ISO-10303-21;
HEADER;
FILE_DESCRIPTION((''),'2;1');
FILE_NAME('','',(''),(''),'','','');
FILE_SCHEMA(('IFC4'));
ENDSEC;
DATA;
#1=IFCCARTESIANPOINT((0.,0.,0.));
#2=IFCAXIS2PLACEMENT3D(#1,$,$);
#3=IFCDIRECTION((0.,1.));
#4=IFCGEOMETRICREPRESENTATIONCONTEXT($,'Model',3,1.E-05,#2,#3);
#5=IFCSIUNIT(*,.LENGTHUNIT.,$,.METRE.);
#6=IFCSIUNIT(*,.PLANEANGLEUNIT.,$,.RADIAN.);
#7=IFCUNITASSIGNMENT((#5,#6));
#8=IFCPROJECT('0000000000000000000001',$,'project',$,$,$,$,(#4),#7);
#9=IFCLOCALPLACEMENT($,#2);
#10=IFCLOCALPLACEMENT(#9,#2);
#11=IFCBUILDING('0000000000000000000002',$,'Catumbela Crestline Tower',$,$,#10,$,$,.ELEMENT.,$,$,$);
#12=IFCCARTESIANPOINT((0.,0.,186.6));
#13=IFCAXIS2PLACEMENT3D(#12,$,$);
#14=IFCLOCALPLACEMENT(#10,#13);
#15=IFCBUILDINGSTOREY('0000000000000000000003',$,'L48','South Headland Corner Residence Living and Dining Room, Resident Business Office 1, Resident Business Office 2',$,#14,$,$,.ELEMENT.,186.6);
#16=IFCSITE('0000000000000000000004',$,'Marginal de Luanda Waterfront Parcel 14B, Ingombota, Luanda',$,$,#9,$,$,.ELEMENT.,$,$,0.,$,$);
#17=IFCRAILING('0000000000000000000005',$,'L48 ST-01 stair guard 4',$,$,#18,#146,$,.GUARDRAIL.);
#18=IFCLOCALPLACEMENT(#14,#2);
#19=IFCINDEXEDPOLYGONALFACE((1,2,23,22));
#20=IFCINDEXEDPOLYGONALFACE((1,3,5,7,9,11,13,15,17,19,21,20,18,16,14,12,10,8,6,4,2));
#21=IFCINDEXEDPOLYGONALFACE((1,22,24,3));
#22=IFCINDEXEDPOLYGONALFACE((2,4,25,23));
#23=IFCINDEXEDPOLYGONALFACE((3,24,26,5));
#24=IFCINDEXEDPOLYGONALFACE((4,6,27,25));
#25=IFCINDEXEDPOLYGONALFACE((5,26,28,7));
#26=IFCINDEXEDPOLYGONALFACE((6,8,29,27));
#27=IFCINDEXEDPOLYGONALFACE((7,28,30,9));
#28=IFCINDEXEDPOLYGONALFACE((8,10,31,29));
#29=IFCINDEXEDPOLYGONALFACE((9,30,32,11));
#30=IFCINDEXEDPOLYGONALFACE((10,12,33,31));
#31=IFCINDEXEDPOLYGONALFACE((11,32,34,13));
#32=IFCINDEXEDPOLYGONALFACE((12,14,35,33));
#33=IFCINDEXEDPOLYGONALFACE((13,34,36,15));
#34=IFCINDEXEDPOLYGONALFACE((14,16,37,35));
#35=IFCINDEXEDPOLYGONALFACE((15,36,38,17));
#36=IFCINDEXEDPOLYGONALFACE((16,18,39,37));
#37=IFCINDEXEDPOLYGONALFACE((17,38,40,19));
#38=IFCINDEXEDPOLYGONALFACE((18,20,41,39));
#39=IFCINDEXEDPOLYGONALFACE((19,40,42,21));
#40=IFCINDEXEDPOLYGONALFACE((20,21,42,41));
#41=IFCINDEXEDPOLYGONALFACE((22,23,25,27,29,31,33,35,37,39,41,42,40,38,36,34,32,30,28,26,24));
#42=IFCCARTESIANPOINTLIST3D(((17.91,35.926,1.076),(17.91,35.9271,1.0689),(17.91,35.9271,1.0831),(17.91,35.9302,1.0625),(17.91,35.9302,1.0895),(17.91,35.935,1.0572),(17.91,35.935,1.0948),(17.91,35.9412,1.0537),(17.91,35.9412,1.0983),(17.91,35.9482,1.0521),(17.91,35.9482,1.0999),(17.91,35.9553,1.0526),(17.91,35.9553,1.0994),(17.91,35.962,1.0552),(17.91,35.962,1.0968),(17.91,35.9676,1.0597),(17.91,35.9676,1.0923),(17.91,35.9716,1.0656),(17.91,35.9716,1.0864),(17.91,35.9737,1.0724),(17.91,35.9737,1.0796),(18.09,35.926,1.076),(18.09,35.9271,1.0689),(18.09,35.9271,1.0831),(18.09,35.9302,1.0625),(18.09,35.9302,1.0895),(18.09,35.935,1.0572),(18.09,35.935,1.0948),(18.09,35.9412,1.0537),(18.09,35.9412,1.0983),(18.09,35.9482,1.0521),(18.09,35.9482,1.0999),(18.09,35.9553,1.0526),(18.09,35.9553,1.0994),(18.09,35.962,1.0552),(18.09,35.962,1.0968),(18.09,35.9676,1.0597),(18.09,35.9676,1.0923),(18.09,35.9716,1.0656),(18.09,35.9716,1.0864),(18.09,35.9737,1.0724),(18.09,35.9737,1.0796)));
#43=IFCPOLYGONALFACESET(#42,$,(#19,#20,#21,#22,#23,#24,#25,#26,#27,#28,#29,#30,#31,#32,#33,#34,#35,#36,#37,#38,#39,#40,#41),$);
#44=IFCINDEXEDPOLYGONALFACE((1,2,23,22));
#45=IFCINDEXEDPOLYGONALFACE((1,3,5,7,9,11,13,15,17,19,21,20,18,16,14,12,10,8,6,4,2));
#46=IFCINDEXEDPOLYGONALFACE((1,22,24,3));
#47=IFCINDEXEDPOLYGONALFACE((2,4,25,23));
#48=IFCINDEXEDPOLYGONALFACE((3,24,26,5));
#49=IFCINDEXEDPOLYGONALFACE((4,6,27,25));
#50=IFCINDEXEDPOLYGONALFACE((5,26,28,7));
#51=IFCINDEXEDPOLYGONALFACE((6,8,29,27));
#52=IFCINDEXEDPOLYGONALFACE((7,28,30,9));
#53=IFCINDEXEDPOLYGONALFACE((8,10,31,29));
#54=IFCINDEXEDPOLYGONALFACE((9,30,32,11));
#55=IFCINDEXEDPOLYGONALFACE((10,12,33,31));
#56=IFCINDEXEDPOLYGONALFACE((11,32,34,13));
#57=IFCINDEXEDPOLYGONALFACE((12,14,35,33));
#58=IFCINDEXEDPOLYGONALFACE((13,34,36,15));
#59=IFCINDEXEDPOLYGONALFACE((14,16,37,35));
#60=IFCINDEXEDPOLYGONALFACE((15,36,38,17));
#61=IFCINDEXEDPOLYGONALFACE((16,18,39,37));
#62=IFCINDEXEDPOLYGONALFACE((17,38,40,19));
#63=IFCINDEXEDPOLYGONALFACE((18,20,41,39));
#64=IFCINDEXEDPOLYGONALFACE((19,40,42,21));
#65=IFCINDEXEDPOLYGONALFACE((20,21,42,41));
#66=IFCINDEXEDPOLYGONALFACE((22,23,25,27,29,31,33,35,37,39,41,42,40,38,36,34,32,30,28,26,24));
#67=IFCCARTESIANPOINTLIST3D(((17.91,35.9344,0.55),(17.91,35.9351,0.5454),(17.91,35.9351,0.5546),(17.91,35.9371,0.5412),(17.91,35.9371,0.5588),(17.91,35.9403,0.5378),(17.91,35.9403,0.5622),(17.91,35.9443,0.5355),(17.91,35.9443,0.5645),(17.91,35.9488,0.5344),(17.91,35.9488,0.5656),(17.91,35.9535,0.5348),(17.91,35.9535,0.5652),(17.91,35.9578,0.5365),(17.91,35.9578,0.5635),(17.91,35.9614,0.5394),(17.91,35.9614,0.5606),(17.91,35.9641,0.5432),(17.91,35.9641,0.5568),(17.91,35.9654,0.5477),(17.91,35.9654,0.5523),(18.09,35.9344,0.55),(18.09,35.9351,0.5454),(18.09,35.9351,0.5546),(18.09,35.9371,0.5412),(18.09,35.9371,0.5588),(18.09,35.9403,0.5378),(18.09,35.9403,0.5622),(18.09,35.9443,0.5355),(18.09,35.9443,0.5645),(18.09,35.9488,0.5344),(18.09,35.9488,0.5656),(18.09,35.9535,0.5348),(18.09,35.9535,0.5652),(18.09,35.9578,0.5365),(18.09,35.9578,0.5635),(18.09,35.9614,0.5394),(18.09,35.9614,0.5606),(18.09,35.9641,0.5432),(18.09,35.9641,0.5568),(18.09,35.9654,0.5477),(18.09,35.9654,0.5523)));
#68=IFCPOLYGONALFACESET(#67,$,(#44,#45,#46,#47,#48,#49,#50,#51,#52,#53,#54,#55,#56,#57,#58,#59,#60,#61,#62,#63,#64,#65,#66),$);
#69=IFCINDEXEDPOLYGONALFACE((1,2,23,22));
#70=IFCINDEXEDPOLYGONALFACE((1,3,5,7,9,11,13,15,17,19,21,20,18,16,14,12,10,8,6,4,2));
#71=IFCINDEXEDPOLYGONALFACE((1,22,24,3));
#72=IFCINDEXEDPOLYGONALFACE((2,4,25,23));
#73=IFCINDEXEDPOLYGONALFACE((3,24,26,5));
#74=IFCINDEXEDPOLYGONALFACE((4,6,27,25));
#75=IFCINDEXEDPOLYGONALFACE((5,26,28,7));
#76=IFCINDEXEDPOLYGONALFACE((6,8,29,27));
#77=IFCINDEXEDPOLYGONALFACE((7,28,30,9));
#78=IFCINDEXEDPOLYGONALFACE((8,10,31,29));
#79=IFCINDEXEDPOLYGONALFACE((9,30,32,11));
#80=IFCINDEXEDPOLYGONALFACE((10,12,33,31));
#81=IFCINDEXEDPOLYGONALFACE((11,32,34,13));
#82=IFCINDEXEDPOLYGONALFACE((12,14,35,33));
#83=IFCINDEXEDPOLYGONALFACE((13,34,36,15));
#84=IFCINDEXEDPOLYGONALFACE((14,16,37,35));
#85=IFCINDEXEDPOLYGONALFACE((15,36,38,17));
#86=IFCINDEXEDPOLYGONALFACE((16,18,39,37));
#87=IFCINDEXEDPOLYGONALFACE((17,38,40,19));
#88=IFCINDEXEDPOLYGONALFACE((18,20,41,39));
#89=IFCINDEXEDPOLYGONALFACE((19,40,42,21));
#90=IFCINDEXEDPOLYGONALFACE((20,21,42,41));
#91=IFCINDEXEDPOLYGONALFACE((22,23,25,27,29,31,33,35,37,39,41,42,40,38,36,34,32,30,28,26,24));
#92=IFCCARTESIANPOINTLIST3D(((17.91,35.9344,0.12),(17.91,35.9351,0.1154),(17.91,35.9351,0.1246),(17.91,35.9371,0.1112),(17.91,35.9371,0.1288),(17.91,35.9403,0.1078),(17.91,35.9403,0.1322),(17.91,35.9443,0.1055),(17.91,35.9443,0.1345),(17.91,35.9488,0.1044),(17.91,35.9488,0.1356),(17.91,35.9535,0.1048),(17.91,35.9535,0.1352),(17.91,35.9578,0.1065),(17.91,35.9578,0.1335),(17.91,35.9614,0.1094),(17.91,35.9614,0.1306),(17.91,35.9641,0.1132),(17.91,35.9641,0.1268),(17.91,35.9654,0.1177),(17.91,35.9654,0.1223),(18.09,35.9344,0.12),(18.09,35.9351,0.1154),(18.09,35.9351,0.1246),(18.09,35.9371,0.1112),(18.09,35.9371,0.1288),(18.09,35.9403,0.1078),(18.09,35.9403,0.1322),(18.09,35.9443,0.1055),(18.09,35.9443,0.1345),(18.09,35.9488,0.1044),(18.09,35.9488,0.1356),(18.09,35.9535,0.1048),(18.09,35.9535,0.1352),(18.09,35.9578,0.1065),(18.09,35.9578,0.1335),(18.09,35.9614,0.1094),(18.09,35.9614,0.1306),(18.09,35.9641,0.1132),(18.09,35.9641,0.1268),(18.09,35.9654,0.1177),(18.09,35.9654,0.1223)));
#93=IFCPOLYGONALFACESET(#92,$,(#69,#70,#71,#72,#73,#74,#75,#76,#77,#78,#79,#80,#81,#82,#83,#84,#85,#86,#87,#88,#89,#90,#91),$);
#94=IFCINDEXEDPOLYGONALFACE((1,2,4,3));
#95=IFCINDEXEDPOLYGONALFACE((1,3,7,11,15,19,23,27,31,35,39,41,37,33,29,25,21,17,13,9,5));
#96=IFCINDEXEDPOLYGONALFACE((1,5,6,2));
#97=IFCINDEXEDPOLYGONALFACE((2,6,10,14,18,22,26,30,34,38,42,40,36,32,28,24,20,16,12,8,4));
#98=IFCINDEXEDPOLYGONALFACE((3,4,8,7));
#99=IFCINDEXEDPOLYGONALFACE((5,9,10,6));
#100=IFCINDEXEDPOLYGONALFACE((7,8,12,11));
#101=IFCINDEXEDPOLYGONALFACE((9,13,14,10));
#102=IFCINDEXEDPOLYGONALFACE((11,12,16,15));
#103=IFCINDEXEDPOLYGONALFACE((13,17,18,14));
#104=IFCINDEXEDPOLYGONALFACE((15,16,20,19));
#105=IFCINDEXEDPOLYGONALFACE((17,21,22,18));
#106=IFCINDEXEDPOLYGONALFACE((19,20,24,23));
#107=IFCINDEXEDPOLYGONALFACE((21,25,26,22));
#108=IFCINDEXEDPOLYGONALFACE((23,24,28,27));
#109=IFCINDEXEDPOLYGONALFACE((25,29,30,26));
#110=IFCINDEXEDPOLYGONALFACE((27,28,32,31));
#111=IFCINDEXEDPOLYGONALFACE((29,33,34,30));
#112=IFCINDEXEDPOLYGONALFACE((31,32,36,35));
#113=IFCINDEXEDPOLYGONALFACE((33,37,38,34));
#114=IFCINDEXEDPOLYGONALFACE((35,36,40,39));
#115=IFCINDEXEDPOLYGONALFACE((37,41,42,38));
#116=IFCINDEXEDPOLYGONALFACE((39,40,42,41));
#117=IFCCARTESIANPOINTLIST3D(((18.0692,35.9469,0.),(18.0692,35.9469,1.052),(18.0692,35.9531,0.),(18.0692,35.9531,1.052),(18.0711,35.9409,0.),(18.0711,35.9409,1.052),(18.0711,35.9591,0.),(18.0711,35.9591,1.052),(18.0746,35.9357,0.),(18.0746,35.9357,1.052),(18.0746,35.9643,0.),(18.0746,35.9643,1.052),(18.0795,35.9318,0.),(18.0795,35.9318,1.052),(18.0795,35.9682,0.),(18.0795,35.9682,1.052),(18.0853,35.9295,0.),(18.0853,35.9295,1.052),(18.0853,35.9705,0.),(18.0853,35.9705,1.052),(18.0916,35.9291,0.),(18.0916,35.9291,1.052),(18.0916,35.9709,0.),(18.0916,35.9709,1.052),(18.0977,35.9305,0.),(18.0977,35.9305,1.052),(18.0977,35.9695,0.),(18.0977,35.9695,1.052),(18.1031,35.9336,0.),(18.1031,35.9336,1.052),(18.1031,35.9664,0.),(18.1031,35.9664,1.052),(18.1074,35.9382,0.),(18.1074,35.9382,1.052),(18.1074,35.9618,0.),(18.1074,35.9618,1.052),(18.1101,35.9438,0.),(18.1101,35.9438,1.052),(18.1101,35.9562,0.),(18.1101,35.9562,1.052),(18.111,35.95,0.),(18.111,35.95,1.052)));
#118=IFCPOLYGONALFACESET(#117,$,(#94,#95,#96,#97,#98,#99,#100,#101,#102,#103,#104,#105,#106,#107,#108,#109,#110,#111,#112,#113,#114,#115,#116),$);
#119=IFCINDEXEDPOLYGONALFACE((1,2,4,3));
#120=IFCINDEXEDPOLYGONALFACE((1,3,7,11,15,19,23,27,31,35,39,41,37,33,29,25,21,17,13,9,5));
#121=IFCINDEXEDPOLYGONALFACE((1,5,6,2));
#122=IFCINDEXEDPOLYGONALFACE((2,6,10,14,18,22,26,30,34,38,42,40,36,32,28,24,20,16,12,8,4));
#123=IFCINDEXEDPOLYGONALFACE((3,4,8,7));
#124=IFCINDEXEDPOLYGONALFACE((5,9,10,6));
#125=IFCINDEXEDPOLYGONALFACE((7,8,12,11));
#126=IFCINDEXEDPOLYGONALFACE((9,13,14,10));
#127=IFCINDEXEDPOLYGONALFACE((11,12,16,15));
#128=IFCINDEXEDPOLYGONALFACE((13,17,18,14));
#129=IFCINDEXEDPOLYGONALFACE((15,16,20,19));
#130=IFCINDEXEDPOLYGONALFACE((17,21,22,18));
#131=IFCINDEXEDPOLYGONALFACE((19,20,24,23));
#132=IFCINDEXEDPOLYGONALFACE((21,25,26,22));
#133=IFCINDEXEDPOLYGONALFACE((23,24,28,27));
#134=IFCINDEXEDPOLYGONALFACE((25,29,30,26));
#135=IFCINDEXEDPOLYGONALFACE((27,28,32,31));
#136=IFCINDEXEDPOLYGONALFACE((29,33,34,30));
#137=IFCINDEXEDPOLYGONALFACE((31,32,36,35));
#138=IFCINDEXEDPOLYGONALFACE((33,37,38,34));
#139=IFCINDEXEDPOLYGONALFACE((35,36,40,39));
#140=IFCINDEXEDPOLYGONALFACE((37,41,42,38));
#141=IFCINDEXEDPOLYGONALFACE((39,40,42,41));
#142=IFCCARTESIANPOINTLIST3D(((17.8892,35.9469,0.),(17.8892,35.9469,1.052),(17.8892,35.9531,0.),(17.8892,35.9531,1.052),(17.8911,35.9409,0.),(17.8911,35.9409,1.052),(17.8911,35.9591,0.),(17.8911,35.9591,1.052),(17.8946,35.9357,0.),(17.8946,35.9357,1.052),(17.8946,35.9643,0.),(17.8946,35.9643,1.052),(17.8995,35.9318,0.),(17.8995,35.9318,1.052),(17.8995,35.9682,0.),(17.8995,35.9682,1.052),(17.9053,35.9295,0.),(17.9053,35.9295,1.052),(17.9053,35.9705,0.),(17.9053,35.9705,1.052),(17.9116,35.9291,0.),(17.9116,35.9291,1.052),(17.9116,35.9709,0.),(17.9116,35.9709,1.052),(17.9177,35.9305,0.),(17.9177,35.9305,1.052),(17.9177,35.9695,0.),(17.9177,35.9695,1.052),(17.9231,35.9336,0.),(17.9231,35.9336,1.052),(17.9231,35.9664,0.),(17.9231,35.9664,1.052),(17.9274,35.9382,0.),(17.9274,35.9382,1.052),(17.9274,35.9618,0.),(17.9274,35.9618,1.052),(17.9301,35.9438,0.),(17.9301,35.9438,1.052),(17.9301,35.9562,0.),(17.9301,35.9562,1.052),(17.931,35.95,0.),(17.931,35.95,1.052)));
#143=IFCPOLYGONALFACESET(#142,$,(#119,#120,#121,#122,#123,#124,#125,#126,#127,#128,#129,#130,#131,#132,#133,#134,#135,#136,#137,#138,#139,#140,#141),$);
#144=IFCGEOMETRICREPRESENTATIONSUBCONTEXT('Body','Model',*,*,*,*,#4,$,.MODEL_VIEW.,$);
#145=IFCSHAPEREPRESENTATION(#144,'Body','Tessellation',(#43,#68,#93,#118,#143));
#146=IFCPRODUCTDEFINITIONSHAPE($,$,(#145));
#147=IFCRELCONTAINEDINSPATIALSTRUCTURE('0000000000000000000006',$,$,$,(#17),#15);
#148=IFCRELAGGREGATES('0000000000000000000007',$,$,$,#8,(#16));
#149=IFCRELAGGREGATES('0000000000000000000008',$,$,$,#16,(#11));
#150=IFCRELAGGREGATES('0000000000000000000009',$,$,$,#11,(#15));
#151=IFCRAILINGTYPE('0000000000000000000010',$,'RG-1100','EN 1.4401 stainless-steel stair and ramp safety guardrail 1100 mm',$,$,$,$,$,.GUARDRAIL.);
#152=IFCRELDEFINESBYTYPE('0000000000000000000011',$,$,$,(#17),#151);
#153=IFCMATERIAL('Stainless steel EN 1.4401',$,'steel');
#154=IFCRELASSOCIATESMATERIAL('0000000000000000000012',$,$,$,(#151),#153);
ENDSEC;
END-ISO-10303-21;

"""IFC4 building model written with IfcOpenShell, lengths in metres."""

from ifc_helpers import new_model, si_unit, direction, frame, origin, origin_2d, place, context, subcontext, project, spatial, circle, extrude, material, type_object, element, save


model = new_model("IFC4")

# Units and contexts
model_context = context("Model", 3, precision=1e-05, world=origin(), true_north=direction((0.0, 1.0)))
body_context = subcontext(model_context, "Body", "Model", "MODEL_VIEW")
ifc_project = project(units=[si_unit("LENGTHUNIT", "METRE"), si_unit("PLANEANGLEUNIT", "RADIAN")], contexts=[model_context])

# Site, building, storey
site_placement = place(None, origin())
site = spatial("IfcSite", under=ifc_project, at=site_placement, Name="Marginal de Luanda Waterfront Parcel 14B, Ingombota, Luanda", CompositionType="ELEMENT", RefElevation=0.0)
building_placement = place(site_placement, origin())
building = spatial("IfcBuilding", under=site, at=building_placement, Name="Catumbela Crestline Tower", CompositionType="ELEMENT")
storey_placement = place(building_placement, frame((0.0, 0.0, 186.6)))
storey = spatial("IfcBuildingStorey", under=building, at=storey_placement, Name="L48", Description="South Headland Corner Residence Living and Dining Room, Resident Business Office 1, Resident Business Office 2", CompositionType="ELEMENT", Elevation=186.6)

# Shared definitions
ifc_material_1 = material(Name="Stainless steel EN 1.4401", Category="steel")

# Railing
railing_type_1 = type_object("IfcRailingType", Name="RG-1100", Description="EN 1.4401 stainless-steel stair and ramp safety guardrail 1100 mm", PredefinedType="GUARDRAIL", material=ifc_material_1)
railing_1_placement = place(storey_placement, frame((18.09, 35.95, 0.0)))
element("IfcRailing", 1, at=railing_1_placement, inside=storey, type_object=railing_type_1, Name="L48 ST-01 stair guard 4", PredefinedType="GUARDRAIL", context=body_context, shape_type="SweptSolid", body=[
    extrude(circle(Radius=0.024, at=origin_2d()), frame((0.0, 0.0, 1.076), z_axis=(-1.0, 0.0, 0.0), x_axis=(0.0, -1.0, 0.0)), (0.0, 0.0, 1.0), 0.18),
    extrude(circle(Radius=0.0156, at=origin_2d()), frame((0.0, 0.0, 0.55), z_axis=(-1.0, 0.0, 0.0), x_axis=(0.0, -1.0, 0.0)), (0.0, 0.0, 1.0), 0.18),
    extrude(circle(Radius=0.0156, at=origin_2d()), frame((0.0, 0.0, 0.12), z_axis=(-1.0, 0.0, 0.0), x_axis=(0.0, -1.0, 0.0)), (0.0, 0.0, 1.0), 0.18),
    extrude(circle(Radius=0.021, at=origin_2d()), origin(), (0.0, 0.0, 1.0), 1.052),
    extrude(circle(Radius=0.021, at=origin_2d()), frame((-0.18, 0.0, 0.0)), (0.0, 0.0, 1.0), 1.052),
])

save(model, "model.ifc")
